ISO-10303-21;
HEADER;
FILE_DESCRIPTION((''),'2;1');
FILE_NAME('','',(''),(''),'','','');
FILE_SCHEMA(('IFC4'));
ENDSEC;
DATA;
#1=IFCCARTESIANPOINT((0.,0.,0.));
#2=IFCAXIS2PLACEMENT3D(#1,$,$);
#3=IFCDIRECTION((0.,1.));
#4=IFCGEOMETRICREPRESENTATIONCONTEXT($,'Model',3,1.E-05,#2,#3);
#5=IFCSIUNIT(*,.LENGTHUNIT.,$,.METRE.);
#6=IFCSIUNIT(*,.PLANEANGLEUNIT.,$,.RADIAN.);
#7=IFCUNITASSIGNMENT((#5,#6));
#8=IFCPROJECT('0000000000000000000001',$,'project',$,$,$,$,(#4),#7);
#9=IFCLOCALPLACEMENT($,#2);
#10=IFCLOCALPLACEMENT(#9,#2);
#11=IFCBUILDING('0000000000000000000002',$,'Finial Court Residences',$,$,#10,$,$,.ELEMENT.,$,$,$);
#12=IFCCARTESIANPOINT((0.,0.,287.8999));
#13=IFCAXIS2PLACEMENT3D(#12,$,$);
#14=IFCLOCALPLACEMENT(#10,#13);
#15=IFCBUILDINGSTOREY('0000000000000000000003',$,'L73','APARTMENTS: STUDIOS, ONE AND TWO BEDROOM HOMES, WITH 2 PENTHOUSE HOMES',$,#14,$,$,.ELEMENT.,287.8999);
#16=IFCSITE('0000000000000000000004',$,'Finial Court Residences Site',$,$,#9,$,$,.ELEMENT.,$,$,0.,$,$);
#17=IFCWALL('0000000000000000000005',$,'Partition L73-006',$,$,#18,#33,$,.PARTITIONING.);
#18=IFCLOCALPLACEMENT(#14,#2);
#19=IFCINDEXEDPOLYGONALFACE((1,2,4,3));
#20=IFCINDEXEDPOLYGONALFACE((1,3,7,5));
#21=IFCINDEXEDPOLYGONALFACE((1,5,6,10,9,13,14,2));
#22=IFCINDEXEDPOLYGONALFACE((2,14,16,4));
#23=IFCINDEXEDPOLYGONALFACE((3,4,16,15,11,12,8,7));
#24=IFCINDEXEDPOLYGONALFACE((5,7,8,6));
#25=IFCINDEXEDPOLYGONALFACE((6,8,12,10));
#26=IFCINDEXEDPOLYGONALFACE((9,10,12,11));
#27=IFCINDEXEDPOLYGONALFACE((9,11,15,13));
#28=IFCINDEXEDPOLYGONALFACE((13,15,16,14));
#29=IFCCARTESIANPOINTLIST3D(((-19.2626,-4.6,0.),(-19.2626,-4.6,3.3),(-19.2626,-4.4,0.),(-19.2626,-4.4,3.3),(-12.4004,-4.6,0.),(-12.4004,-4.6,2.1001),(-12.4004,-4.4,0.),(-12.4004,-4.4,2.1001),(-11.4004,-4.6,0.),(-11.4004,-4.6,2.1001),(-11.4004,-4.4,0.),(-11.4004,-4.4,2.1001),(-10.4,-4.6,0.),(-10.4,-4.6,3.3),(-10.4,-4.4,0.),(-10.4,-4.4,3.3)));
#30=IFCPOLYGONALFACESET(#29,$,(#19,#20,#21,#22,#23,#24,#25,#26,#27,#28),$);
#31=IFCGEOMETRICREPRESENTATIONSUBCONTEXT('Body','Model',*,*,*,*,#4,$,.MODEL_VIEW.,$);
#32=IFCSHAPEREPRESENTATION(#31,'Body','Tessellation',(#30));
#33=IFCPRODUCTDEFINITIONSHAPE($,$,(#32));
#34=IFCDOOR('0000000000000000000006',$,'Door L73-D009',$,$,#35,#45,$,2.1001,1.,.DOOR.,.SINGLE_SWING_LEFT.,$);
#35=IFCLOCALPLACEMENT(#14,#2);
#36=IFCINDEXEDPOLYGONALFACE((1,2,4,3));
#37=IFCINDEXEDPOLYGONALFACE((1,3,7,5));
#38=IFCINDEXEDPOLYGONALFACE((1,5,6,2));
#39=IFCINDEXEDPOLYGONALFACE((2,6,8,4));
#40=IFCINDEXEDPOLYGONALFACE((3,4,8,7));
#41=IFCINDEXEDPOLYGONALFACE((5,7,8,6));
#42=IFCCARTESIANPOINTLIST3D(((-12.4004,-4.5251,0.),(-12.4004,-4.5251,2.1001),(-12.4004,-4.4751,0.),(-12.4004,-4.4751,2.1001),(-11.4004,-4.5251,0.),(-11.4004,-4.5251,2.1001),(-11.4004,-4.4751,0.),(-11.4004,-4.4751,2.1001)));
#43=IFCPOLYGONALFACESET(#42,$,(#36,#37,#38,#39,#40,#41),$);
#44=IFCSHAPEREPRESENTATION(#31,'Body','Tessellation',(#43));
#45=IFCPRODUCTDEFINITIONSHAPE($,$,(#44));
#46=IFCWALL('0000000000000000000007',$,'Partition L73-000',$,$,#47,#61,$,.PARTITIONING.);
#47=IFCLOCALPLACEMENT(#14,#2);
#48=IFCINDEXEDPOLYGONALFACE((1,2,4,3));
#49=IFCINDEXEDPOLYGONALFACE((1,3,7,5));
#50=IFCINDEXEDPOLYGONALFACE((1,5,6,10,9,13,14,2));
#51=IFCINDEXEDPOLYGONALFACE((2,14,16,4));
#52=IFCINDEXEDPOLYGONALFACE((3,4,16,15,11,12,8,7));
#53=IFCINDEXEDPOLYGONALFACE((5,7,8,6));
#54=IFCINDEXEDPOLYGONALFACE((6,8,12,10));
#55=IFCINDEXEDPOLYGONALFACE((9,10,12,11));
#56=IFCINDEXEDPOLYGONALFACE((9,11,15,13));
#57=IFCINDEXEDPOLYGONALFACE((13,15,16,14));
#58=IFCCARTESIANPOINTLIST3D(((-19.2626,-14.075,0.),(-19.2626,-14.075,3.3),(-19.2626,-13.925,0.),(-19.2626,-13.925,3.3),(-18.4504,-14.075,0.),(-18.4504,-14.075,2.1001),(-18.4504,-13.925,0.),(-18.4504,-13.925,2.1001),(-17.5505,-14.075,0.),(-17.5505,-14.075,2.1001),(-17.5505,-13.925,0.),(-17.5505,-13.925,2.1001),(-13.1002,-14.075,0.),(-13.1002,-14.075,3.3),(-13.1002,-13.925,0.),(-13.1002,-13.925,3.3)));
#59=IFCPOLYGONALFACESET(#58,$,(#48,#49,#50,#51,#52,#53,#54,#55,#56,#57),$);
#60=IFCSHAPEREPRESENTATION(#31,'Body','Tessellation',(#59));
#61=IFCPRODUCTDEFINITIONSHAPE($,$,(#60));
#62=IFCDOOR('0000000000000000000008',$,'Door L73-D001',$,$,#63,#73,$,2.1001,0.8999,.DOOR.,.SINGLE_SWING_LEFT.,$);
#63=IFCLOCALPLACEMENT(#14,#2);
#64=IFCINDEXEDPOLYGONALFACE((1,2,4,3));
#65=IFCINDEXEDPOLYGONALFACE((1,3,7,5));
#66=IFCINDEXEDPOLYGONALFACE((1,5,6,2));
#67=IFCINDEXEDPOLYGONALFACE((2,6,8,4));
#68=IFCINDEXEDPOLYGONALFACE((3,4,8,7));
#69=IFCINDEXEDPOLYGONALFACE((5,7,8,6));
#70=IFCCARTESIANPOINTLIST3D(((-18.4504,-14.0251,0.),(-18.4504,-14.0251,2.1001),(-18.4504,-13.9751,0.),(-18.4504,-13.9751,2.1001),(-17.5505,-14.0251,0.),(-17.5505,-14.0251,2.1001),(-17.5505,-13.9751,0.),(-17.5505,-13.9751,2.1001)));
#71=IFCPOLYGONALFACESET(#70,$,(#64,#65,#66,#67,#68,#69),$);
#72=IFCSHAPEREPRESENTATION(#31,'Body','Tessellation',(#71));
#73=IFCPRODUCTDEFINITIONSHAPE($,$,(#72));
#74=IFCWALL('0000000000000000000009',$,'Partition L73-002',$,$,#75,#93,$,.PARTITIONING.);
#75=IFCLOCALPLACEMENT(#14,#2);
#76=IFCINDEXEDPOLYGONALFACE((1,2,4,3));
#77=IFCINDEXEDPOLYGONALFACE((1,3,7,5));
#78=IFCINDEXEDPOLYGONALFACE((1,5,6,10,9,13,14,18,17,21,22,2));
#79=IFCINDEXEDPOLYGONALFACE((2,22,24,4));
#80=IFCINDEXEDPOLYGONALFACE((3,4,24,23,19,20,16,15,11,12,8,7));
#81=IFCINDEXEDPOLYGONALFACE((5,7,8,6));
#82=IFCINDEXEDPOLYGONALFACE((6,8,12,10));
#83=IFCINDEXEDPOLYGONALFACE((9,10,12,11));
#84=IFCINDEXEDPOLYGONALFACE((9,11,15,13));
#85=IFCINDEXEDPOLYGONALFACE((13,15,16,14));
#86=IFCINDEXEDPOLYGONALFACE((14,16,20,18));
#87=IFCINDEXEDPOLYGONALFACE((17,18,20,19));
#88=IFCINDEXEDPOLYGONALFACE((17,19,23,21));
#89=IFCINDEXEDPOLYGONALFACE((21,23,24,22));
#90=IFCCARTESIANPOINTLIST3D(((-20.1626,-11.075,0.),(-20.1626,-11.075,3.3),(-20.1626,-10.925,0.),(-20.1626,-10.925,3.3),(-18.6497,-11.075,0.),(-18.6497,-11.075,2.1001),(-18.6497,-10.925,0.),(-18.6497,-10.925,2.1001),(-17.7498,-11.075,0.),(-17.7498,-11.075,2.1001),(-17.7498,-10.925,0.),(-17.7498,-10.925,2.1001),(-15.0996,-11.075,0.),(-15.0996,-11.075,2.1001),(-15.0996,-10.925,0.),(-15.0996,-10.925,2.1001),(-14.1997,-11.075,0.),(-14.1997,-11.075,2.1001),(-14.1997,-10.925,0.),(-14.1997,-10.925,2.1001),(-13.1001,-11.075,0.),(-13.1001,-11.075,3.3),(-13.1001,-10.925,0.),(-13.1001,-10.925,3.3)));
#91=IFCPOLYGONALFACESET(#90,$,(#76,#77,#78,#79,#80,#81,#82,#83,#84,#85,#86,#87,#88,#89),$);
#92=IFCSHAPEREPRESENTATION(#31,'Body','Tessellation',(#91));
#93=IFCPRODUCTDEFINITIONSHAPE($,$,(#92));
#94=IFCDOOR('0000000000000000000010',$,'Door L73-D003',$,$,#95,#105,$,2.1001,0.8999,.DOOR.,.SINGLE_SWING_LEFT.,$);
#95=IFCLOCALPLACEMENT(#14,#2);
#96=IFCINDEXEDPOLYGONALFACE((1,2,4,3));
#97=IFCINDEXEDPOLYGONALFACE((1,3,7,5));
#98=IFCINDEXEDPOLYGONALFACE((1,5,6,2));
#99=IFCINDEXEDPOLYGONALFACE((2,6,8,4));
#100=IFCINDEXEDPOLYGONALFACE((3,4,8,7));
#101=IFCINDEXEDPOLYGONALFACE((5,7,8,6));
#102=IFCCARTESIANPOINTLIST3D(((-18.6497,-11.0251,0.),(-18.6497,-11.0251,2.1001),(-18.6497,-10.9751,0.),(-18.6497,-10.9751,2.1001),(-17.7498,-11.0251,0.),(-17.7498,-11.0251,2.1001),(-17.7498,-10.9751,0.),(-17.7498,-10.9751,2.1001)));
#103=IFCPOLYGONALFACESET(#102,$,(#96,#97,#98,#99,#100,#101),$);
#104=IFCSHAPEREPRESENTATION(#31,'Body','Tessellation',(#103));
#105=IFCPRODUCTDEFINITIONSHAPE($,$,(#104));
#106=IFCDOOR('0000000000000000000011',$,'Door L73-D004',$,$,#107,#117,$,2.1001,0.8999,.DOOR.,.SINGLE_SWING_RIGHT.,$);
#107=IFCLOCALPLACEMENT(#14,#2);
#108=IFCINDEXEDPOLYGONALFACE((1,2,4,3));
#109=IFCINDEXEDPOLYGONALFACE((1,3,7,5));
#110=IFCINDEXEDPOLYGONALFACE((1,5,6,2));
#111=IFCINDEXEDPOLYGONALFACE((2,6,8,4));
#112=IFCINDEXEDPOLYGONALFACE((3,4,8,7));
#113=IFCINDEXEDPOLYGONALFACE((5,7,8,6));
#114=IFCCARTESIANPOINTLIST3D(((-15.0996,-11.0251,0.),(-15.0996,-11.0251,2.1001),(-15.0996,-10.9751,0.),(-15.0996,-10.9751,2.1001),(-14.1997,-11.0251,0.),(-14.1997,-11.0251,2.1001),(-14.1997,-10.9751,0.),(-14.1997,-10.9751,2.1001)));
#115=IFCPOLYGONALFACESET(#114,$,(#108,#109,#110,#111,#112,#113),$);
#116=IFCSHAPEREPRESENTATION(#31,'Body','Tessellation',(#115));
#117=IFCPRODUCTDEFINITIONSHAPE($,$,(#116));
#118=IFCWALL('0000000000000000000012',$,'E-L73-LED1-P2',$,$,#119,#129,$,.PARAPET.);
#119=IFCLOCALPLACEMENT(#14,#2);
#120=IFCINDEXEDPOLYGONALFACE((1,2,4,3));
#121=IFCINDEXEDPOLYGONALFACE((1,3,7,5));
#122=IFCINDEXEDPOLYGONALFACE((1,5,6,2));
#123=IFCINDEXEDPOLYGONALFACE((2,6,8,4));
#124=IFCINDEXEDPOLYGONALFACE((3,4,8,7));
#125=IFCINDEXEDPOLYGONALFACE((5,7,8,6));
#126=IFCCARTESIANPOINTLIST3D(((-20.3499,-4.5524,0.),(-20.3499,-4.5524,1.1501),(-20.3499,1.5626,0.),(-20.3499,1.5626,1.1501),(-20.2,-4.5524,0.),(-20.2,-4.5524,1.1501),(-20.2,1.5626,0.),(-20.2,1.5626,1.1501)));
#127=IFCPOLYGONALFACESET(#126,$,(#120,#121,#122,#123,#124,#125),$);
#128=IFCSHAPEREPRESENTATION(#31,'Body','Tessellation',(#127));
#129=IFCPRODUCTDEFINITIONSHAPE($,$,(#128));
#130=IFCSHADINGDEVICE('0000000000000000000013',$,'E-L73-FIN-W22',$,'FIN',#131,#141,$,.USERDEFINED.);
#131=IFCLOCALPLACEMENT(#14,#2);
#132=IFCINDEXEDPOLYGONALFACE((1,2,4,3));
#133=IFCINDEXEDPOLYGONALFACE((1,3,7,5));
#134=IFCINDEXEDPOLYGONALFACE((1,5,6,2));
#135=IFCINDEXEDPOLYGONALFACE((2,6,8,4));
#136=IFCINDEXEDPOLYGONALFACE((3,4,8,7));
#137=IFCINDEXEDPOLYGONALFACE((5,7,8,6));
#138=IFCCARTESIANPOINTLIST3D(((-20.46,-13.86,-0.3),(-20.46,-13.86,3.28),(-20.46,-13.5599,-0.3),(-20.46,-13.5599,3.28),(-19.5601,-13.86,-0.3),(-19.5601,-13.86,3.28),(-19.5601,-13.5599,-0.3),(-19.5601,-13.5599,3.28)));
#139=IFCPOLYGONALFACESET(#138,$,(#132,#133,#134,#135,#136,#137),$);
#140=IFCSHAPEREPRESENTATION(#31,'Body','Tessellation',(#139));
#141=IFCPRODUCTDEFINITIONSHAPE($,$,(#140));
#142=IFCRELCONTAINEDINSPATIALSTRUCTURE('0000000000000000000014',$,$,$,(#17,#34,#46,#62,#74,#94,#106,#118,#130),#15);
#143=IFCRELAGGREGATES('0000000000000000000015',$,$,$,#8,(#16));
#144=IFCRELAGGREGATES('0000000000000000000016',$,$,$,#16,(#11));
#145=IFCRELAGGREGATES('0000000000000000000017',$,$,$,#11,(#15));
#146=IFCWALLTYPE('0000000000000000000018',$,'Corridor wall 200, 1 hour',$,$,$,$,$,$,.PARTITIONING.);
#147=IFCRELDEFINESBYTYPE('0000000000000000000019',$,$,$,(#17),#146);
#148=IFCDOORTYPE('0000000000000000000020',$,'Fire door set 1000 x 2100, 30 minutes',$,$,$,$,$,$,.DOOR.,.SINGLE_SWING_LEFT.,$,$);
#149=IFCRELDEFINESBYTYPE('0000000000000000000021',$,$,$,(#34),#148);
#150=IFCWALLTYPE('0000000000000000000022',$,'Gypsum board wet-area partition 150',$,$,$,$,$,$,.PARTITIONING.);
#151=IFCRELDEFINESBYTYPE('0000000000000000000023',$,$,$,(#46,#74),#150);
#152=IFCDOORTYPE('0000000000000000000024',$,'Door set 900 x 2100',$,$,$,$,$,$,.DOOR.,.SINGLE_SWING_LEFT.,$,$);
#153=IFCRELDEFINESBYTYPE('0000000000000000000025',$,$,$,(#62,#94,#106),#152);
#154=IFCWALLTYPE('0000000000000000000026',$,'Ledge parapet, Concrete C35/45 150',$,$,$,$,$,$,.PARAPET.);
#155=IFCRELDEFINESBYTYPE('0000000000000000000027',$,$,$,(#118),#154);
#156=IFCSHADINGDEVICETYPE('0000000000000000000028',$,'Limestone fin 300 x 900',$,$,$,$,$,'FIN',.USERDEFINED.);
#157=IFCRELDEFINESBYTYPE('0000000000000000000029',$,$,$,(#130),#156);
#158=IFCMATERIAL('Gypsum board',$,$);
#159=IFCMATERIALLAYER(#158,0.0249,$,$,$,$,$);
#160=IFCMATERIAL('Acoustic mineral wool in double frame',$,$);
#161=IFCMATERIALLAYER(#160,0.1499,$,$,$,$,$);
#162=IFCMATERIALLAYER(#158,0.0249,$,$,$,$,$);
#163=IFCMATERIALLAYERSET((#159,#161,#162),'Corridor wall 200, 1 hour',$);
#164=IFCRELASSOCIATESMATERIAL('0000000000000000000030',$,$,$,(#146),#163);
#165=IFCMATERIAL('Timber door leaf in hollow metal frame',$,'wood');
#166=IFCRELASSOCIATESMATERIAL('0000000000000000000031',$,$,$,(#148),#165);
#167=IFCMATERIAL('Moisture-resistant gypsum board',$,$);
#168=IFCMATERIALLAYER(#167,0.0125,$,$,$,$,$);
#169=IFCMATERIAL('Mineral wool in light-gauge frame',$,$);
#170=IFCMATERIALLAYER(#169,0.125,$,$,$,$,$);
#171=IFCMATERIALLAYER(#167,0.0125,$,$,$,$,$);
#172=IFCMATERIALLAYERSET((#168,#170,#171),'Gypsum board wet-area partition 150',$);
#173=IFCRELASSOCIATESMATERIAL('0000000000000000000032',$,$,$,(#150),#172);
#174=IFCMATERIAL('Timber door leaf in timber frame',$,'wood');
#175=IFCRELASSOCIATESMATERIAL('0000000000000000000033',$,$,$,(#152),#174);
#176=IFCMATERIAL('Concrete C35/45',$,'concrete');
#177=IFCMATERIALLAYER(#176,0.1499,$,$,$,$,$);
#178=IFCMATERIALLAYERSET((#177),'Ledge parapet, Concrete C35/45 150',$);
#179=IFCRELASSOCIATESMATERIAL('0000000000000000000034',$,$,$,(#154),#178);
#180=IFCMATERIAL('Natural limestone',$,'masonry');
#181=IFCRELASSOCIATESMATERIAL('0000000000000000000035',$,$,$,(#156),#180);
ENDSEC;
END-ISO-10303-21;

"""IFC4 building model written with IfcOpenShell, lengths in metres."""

from ifc_helpers import new_model, si_unit, direction, frame, frame_2d, origin, origin_2d, place, context, subcontext, project, spatial, rectangle, extrude, material, layer, layer_set, type_object, element, fill, save


model = new_model("IFC4")

# Units and contexts
model_context = context("Model", 3, precision=1e-05, world=origin(), true_north=direction((0.0, 1.0)))
body_context = subcontext(model_context, "Body", "Model", "MODEL_VIEW")
ifc_project = project(units=[si_unit("LENGTHUNIT", "METRE"), si_unit("PLANEANGLEUNIT", "RADIAN")], contexts=[model_context])

# Site, building, storey
site_placement = place(None, origin())
site = spatial("IfcSite", under=ifc_project, at=site_placement, Name="Finial Court Residences Site", CompositionType="ELEMENT", RefElevation=0.0)
building_placement = place(site_placement, origin())
building = spatial("IfcBuilding", under=site, at=building_placement, Name="Finial Court Residences", CompositionType="ELEMENT")
storey_placement = place(building_placement, frame((0.0, 0.0, 287.8999)))
storey = spatial("IfcBuildingStorey", under=building, at=storey_placement, Name="L73", Description="APARTMENTS: STUDIOS, ONE AND TWO BEDROOM HOMES, WITH 2 PENTHOUSE HOMES", CompositionType="ELEMENT", Elevation=287.8999)

# Walls, openings, doors
ifc_material_1 = material(Name="Gypsum board")
ifc_layer_1 = layer(ifc_material_1, 0.0249)
ifc_material_2 = material(Name="Acoustic mineral wool in double frame")
ifc_layer_2 = layer(ifc_material_2, 0.1499)
ifc_layer_3 = layer(ifc_material_1, 0.0249)
ifc_layer_set_1 = layer_set([ifc_layer_1, ifc_layer_2, ifc_layer_3], Name="Corridor wall 200, 1 hour")
wall_type_1 = type_object("IfcWallType", Name="Corridor wall 200, 1 hour", PredefinedType="PARTITIONING", material=ifc_layer_set_1)
ifc_material_3 = material(Name="Timber door leaf in hollow metal frame", Category="wood")
door_type_1 = type_object("IfcDoorType", Name="Fire door set 1000 x 2100, 30 minutes", OperationType="SINGLE_SWING_LEFT", PredefinedType="DOOR", material=ifc_material_3)
wall_1_placement = place(storey_placement, frame((-19.2625, -4.5, 0.0), z_axis=(0.0, 0.0, 1.0), x_axis=(1.0, 0.0, 0.0)))
wall_1 = element("IfcWall", 1, at=wall_1_placement, inside=storey, type_object=wall_type_1, Name="Partition L73-006", PredefinedType="PARTITIONING", context=body_context, shape_type="SweptSolid", body=[
    extrude(rectangle(XDim=8.8625, YDim=0.2, at=frame_2d((4.4312, 0.0))), origin(), (0.0, 0.0, 1.0), 3.3),
])
opening_1_placement = place(wall_1_placement, frame((6.8621, 0.0, 0.0)))
opening_1 = element("IfcOpeningElement", 2, at=opening_1_placement, cuts=wall_1, PredefinedType="OPENING", context=body_context, shape_type="SweptSolid", body=[
    extrude(rectangle(XDim=1.0, YDim=2.1001, at=frame_2d((0.5, 1.05))), frame((0.0, 0.1099, 0.0), z_axis=(0.0, -1.0, 0.0), x_axis=(1.0, 0.0, 0.0)), (0.0, 0.0, 1.0), 0.22),
])
door_1_placement = place(opening_1_placement, origin())
door_1 = element("IfcDoor", 3, at=door_1_placement, inside=storey, type_object=door_type_1, Name="Door L73-D009", OperationType="SINGLE_SWING_LEFT", OverallHeight=2.1001, OverallWidth=1.0, PredefinedType="DOOR", context=body_context, shape_type="SweptSolid", body=[
    extrude(rectangle(XDim=1.0, YDim=2.1001, at=frame_2d((0.5, 1.05))), frame((0.0, 0.0249, 0.0), z_axis=(0.0, -1.0, 0.0), x_axis=(1.0, 0.0, 0.0)), (0.0, 0.0, 1.0), 0.05),
])
fill(opening_1, door_1)
ifc_material_4 = material(Name="Moisture-resistant gypsum board")
ifc_layer_4 = layer(ifc_material_4, 0.0125)
ifc_material_5 = material(Name="Mineral wool in light-gauge frame")
ifc_layer_5 = layer(ifc_material_5, 0.125)
ifc_layer_6 = layer(ifc_material_4, 0.0125)
ifc_layer_set_2 = layer_set([ifc_layer_4, ifc_layer_5, ifc_layer_6], Name="Gypsum board wet-area partition 150")
wall_type_2 = type_object("IfcWallType", Name="Gypsum board wet-area partition 150", PredefinedType="PARTITIONING", material=ifc_layer_set_2)
wall_2_placement = place(storey_placement, frame((-19.2625, -14.0, 0.0), z_axis=(0.0, 0.0, 1.0), x_axis=(1.0, 0.0, 0.0)))
wall_2 = element("IfcWall", 4, at=wall_2_placement, inside=storey, type_object=wall_type_2, Name="Partition L73-000", PredefinedType="PARTITIONING", context=body_context, shape_type="SweptSolid", body=[
    extrude(rectangle(XDim=6.1624, YDim=0.1499, at=frame_2d((3.0811, 0.0))), origin(), (0.0, 0.0, 1.0), 3.3),
])
opening_2_placement = place(wall_2_placement, frame((0.812, 0.0, 0.0)))
opening_2 = element("IfcOpeningElement", 5, at=opening_2_placement, cuts=wall_2, PredefinedType="OPENING", context=body_context, shape_type="SweptSolid", body=[
    extrude(rectangle(XDim=0.8999, YDim=2.1001, at=frame_2d((0.45, 1.05))), frame((0.0, 0.085, 0.0), z_axis=(0.0, -1.0, 0.0), x_axis=(1.0, 0.0, 0.0)), (0.0, 0.0, 1.0), 0.1699),
])
ifc_material_6 = material(Name="Timber door leaf in timber frame", Category="wood")
door_type_2 = type_object("IfcDoorType", Name="Door set 900 x 2100", OperationType="SINGLE_SWING_LEFT", PredefinedType="DOOR", material=ifc_material_6)
door_2_placement = place(opening_2_placement, origin())
door_2 = element("IfcDoor", 6, at=door_2_placement, inside=storey, type_object=door_type_2, Name="Door L73-D001", OperationType="SINGLE_SWING_LEFT", OverallHeight=2.1001, OverallWidth=0.8999, PredefinedType="DOOR", context=body_context, shape_type="SweptSolid", body=[
    extrude(rectangle(XDim=0.8999, YDim=2.1001, at=frame_2d((0.45, 1.05))), frame((0.0, 0.0249, 0.0), z_axis=(0.0, -1.0, 0.0), x_axis=(1.0, 0.0, 0.0)), (0.0, 0.0, 1.0), 0.05),
])
fill(opening_2, door_2)

# Wall, openings, doors
wall_3_placement = place(storey_placement, frame((-20.1626, -11.0, 0.0), z_axis=(0.0, 0.0, 1.0), x_axis=(1.0, 0.0, 0.0)))
wall_3 = element("IfcWall", 7, at=wall_3_placement, inside=storey, type_object=wall_type_2, Name="Partition L73-002", PredefinedType="PARTITIONING", context=body_context, shape_type="SweptSolid", body=[
    extrude(rectangle(XDim=7.0625, YDim=0.1499, at=frame_2d((3.5312, 0.0))), origin(), (0.0, 0.0, 1.0), 3.3),
])
opening_3_placement = place(wall_3_placement, frame((1.5129, 0.0, 0.0)))
opening_3 = element("IfcOpeningElement", 8, at=opening_3_placement, cuts=wall_3, PredefinedType="OPENING", context=body_context, shape_type="SweptSolid", body=[
    extrude(rectangle(XDim=0.8999, YDim=2.1001, at=frame_2d((0.45, 1.05))), frame((0.0, 0.085, 0.0), z_axis=(0.0, -1.0, 0.0), x_axis=(1.0, 0.0, 0.0)), (0.0, 0.0, 1.0), 0.1699),
])
opening_4_placement = place(wall_3_placement, frame((5.063, 0.0, 0.0)))
opening_4 = element("IfcOpeningElement", 9, at=opening_4_placement, cuts=wall_3, PredefinedType="OPENING", context=body_context, shape_type="SweptSolid", body=[
    extrude(rectangle(XDim=0.8999, YDim=2.1001, at=frame_2d((0.45, 1.05))), frame((0.0, 0.085, 0.0), z_axis=(0.0, -1.0, 0.0), x_axis=(1.0, 0.0, 0.0)), (0.0, 0.0, 1.0), 0.1699),
])
door_3_placement = place(opening_3_placement, origin())
door_3 = element("IfcDoor", 10, at=door_3_placement, inside=storey, type_object=door_type_2, Name="Door L73-D003", OperationType="SINGLE_SWING_LEFT", OverallHeight=2.1001, OverallWidth=0.8999, PredefinedType="DOOR", context=body_context, shape_type="SweptSolid", body=[
    extrude(rectangle(XDim=0.8999, YDim=2.1001, at=frame_2d((0.45, 1.05))), frame((0.0, 0.0249, 0.0), z_axis=(0.0, -1.0, 0.0), x_axis=(1.0, 0.0, 0.0)), (0.0, 0.0, 1.0), 0.05),
])
fill(opening_3, door_3)
door_4_placement = place(opening_4_placement, origin())
door_4 = element("IfcDoor", 11, at=door_4_placement, inside=storey, type_object=door_type_2, Name="Door L73-D004", OperationType="SINGLE_SWING_RIGHT", OverallHeight=2.1001, OverallWidth=0.8999, PredefinedType="DOOR", context=body_context, shape_type="SweptSolid", body=[
    extrude(rectangle(XDim=0.8999, YDim=2.1001, at=frame_2d((0.45, 1.05))), frame((0.0, 0.0249, 0.0), z_axis=(0.0, -1.0, 0.0), x_axis=(1.0, 0.0, 0.0)), (0.0, 0.0, 1.0), 0.05),
])
fill(opening_4, door_4)

# Wall
ifc_material_7 = material(Name="Concrete C35/45", Category="concrete")
ifc_layer_7 = layer(ifc_material_7, 0.1499)
ifc_layer_set_3 = layer_set([ifc_layer_7], Name="Ledge parapet, Concrete C35/45 150")
wall_type_3 = type_object("IfcWallType", Name="Ledge parapet, Concrete C35/45 150", PredefinedType="PARAPET", material=ifc_layer_set_3)
wall_4_placement = place(storey_placement, frame((-20.2749, -4.5525, 0.0), z_axis=(0.0, 0.0, 1.0), x_axis=(0.0, 1.0, 0.0)))
element("IfcWall", 12, at=wall_4_placement, inside=storey, type_object=wall_type_3, Name="E-L73-LED1-P2", PredefinedType="PARAPET", context=body_context, shape_type="SweptSolid", body=[
    extrude(rectangle(XDim=6.115, YDim=0.1499, at=frame_2d((3.0576, 0.0))), origin(), (0.0, 0.0, 1.0), 1.1501),
])

# Shading device
ifc_material_8 = material(Name="Natural limestone", Category="masonry")
shading_device_type = type_object("IfcShadingDeviceType", Name="Limestone fin 300 x 900", ElementType="FIN", PredefinedType="USERDEFINED", material=ifc_material_8)
shading_device_placement = place(storey_placement, frame((-20.01, -13.71, -0.3), z_axis=(0.0, 0.0, 1.0), x_axis=(1.0, 0.0, 0.0)))
element("IfcShadingDevice", 13, at=shading_device_placement, inside=storey, type_object=shading_device_type, Name="E-L73-FIN-W22", ObjectType="FIN", PredefinedType="USERDEFINED", context=body_context, shape_type="SweptSolid", body=[
    extrude(rectangle(XDim=0.8999, YDim=0.3, at=origin_2d()), origin(), (0.0, 0.0, 1.0), 3.5801),
])

save(model, "model.ifc")
